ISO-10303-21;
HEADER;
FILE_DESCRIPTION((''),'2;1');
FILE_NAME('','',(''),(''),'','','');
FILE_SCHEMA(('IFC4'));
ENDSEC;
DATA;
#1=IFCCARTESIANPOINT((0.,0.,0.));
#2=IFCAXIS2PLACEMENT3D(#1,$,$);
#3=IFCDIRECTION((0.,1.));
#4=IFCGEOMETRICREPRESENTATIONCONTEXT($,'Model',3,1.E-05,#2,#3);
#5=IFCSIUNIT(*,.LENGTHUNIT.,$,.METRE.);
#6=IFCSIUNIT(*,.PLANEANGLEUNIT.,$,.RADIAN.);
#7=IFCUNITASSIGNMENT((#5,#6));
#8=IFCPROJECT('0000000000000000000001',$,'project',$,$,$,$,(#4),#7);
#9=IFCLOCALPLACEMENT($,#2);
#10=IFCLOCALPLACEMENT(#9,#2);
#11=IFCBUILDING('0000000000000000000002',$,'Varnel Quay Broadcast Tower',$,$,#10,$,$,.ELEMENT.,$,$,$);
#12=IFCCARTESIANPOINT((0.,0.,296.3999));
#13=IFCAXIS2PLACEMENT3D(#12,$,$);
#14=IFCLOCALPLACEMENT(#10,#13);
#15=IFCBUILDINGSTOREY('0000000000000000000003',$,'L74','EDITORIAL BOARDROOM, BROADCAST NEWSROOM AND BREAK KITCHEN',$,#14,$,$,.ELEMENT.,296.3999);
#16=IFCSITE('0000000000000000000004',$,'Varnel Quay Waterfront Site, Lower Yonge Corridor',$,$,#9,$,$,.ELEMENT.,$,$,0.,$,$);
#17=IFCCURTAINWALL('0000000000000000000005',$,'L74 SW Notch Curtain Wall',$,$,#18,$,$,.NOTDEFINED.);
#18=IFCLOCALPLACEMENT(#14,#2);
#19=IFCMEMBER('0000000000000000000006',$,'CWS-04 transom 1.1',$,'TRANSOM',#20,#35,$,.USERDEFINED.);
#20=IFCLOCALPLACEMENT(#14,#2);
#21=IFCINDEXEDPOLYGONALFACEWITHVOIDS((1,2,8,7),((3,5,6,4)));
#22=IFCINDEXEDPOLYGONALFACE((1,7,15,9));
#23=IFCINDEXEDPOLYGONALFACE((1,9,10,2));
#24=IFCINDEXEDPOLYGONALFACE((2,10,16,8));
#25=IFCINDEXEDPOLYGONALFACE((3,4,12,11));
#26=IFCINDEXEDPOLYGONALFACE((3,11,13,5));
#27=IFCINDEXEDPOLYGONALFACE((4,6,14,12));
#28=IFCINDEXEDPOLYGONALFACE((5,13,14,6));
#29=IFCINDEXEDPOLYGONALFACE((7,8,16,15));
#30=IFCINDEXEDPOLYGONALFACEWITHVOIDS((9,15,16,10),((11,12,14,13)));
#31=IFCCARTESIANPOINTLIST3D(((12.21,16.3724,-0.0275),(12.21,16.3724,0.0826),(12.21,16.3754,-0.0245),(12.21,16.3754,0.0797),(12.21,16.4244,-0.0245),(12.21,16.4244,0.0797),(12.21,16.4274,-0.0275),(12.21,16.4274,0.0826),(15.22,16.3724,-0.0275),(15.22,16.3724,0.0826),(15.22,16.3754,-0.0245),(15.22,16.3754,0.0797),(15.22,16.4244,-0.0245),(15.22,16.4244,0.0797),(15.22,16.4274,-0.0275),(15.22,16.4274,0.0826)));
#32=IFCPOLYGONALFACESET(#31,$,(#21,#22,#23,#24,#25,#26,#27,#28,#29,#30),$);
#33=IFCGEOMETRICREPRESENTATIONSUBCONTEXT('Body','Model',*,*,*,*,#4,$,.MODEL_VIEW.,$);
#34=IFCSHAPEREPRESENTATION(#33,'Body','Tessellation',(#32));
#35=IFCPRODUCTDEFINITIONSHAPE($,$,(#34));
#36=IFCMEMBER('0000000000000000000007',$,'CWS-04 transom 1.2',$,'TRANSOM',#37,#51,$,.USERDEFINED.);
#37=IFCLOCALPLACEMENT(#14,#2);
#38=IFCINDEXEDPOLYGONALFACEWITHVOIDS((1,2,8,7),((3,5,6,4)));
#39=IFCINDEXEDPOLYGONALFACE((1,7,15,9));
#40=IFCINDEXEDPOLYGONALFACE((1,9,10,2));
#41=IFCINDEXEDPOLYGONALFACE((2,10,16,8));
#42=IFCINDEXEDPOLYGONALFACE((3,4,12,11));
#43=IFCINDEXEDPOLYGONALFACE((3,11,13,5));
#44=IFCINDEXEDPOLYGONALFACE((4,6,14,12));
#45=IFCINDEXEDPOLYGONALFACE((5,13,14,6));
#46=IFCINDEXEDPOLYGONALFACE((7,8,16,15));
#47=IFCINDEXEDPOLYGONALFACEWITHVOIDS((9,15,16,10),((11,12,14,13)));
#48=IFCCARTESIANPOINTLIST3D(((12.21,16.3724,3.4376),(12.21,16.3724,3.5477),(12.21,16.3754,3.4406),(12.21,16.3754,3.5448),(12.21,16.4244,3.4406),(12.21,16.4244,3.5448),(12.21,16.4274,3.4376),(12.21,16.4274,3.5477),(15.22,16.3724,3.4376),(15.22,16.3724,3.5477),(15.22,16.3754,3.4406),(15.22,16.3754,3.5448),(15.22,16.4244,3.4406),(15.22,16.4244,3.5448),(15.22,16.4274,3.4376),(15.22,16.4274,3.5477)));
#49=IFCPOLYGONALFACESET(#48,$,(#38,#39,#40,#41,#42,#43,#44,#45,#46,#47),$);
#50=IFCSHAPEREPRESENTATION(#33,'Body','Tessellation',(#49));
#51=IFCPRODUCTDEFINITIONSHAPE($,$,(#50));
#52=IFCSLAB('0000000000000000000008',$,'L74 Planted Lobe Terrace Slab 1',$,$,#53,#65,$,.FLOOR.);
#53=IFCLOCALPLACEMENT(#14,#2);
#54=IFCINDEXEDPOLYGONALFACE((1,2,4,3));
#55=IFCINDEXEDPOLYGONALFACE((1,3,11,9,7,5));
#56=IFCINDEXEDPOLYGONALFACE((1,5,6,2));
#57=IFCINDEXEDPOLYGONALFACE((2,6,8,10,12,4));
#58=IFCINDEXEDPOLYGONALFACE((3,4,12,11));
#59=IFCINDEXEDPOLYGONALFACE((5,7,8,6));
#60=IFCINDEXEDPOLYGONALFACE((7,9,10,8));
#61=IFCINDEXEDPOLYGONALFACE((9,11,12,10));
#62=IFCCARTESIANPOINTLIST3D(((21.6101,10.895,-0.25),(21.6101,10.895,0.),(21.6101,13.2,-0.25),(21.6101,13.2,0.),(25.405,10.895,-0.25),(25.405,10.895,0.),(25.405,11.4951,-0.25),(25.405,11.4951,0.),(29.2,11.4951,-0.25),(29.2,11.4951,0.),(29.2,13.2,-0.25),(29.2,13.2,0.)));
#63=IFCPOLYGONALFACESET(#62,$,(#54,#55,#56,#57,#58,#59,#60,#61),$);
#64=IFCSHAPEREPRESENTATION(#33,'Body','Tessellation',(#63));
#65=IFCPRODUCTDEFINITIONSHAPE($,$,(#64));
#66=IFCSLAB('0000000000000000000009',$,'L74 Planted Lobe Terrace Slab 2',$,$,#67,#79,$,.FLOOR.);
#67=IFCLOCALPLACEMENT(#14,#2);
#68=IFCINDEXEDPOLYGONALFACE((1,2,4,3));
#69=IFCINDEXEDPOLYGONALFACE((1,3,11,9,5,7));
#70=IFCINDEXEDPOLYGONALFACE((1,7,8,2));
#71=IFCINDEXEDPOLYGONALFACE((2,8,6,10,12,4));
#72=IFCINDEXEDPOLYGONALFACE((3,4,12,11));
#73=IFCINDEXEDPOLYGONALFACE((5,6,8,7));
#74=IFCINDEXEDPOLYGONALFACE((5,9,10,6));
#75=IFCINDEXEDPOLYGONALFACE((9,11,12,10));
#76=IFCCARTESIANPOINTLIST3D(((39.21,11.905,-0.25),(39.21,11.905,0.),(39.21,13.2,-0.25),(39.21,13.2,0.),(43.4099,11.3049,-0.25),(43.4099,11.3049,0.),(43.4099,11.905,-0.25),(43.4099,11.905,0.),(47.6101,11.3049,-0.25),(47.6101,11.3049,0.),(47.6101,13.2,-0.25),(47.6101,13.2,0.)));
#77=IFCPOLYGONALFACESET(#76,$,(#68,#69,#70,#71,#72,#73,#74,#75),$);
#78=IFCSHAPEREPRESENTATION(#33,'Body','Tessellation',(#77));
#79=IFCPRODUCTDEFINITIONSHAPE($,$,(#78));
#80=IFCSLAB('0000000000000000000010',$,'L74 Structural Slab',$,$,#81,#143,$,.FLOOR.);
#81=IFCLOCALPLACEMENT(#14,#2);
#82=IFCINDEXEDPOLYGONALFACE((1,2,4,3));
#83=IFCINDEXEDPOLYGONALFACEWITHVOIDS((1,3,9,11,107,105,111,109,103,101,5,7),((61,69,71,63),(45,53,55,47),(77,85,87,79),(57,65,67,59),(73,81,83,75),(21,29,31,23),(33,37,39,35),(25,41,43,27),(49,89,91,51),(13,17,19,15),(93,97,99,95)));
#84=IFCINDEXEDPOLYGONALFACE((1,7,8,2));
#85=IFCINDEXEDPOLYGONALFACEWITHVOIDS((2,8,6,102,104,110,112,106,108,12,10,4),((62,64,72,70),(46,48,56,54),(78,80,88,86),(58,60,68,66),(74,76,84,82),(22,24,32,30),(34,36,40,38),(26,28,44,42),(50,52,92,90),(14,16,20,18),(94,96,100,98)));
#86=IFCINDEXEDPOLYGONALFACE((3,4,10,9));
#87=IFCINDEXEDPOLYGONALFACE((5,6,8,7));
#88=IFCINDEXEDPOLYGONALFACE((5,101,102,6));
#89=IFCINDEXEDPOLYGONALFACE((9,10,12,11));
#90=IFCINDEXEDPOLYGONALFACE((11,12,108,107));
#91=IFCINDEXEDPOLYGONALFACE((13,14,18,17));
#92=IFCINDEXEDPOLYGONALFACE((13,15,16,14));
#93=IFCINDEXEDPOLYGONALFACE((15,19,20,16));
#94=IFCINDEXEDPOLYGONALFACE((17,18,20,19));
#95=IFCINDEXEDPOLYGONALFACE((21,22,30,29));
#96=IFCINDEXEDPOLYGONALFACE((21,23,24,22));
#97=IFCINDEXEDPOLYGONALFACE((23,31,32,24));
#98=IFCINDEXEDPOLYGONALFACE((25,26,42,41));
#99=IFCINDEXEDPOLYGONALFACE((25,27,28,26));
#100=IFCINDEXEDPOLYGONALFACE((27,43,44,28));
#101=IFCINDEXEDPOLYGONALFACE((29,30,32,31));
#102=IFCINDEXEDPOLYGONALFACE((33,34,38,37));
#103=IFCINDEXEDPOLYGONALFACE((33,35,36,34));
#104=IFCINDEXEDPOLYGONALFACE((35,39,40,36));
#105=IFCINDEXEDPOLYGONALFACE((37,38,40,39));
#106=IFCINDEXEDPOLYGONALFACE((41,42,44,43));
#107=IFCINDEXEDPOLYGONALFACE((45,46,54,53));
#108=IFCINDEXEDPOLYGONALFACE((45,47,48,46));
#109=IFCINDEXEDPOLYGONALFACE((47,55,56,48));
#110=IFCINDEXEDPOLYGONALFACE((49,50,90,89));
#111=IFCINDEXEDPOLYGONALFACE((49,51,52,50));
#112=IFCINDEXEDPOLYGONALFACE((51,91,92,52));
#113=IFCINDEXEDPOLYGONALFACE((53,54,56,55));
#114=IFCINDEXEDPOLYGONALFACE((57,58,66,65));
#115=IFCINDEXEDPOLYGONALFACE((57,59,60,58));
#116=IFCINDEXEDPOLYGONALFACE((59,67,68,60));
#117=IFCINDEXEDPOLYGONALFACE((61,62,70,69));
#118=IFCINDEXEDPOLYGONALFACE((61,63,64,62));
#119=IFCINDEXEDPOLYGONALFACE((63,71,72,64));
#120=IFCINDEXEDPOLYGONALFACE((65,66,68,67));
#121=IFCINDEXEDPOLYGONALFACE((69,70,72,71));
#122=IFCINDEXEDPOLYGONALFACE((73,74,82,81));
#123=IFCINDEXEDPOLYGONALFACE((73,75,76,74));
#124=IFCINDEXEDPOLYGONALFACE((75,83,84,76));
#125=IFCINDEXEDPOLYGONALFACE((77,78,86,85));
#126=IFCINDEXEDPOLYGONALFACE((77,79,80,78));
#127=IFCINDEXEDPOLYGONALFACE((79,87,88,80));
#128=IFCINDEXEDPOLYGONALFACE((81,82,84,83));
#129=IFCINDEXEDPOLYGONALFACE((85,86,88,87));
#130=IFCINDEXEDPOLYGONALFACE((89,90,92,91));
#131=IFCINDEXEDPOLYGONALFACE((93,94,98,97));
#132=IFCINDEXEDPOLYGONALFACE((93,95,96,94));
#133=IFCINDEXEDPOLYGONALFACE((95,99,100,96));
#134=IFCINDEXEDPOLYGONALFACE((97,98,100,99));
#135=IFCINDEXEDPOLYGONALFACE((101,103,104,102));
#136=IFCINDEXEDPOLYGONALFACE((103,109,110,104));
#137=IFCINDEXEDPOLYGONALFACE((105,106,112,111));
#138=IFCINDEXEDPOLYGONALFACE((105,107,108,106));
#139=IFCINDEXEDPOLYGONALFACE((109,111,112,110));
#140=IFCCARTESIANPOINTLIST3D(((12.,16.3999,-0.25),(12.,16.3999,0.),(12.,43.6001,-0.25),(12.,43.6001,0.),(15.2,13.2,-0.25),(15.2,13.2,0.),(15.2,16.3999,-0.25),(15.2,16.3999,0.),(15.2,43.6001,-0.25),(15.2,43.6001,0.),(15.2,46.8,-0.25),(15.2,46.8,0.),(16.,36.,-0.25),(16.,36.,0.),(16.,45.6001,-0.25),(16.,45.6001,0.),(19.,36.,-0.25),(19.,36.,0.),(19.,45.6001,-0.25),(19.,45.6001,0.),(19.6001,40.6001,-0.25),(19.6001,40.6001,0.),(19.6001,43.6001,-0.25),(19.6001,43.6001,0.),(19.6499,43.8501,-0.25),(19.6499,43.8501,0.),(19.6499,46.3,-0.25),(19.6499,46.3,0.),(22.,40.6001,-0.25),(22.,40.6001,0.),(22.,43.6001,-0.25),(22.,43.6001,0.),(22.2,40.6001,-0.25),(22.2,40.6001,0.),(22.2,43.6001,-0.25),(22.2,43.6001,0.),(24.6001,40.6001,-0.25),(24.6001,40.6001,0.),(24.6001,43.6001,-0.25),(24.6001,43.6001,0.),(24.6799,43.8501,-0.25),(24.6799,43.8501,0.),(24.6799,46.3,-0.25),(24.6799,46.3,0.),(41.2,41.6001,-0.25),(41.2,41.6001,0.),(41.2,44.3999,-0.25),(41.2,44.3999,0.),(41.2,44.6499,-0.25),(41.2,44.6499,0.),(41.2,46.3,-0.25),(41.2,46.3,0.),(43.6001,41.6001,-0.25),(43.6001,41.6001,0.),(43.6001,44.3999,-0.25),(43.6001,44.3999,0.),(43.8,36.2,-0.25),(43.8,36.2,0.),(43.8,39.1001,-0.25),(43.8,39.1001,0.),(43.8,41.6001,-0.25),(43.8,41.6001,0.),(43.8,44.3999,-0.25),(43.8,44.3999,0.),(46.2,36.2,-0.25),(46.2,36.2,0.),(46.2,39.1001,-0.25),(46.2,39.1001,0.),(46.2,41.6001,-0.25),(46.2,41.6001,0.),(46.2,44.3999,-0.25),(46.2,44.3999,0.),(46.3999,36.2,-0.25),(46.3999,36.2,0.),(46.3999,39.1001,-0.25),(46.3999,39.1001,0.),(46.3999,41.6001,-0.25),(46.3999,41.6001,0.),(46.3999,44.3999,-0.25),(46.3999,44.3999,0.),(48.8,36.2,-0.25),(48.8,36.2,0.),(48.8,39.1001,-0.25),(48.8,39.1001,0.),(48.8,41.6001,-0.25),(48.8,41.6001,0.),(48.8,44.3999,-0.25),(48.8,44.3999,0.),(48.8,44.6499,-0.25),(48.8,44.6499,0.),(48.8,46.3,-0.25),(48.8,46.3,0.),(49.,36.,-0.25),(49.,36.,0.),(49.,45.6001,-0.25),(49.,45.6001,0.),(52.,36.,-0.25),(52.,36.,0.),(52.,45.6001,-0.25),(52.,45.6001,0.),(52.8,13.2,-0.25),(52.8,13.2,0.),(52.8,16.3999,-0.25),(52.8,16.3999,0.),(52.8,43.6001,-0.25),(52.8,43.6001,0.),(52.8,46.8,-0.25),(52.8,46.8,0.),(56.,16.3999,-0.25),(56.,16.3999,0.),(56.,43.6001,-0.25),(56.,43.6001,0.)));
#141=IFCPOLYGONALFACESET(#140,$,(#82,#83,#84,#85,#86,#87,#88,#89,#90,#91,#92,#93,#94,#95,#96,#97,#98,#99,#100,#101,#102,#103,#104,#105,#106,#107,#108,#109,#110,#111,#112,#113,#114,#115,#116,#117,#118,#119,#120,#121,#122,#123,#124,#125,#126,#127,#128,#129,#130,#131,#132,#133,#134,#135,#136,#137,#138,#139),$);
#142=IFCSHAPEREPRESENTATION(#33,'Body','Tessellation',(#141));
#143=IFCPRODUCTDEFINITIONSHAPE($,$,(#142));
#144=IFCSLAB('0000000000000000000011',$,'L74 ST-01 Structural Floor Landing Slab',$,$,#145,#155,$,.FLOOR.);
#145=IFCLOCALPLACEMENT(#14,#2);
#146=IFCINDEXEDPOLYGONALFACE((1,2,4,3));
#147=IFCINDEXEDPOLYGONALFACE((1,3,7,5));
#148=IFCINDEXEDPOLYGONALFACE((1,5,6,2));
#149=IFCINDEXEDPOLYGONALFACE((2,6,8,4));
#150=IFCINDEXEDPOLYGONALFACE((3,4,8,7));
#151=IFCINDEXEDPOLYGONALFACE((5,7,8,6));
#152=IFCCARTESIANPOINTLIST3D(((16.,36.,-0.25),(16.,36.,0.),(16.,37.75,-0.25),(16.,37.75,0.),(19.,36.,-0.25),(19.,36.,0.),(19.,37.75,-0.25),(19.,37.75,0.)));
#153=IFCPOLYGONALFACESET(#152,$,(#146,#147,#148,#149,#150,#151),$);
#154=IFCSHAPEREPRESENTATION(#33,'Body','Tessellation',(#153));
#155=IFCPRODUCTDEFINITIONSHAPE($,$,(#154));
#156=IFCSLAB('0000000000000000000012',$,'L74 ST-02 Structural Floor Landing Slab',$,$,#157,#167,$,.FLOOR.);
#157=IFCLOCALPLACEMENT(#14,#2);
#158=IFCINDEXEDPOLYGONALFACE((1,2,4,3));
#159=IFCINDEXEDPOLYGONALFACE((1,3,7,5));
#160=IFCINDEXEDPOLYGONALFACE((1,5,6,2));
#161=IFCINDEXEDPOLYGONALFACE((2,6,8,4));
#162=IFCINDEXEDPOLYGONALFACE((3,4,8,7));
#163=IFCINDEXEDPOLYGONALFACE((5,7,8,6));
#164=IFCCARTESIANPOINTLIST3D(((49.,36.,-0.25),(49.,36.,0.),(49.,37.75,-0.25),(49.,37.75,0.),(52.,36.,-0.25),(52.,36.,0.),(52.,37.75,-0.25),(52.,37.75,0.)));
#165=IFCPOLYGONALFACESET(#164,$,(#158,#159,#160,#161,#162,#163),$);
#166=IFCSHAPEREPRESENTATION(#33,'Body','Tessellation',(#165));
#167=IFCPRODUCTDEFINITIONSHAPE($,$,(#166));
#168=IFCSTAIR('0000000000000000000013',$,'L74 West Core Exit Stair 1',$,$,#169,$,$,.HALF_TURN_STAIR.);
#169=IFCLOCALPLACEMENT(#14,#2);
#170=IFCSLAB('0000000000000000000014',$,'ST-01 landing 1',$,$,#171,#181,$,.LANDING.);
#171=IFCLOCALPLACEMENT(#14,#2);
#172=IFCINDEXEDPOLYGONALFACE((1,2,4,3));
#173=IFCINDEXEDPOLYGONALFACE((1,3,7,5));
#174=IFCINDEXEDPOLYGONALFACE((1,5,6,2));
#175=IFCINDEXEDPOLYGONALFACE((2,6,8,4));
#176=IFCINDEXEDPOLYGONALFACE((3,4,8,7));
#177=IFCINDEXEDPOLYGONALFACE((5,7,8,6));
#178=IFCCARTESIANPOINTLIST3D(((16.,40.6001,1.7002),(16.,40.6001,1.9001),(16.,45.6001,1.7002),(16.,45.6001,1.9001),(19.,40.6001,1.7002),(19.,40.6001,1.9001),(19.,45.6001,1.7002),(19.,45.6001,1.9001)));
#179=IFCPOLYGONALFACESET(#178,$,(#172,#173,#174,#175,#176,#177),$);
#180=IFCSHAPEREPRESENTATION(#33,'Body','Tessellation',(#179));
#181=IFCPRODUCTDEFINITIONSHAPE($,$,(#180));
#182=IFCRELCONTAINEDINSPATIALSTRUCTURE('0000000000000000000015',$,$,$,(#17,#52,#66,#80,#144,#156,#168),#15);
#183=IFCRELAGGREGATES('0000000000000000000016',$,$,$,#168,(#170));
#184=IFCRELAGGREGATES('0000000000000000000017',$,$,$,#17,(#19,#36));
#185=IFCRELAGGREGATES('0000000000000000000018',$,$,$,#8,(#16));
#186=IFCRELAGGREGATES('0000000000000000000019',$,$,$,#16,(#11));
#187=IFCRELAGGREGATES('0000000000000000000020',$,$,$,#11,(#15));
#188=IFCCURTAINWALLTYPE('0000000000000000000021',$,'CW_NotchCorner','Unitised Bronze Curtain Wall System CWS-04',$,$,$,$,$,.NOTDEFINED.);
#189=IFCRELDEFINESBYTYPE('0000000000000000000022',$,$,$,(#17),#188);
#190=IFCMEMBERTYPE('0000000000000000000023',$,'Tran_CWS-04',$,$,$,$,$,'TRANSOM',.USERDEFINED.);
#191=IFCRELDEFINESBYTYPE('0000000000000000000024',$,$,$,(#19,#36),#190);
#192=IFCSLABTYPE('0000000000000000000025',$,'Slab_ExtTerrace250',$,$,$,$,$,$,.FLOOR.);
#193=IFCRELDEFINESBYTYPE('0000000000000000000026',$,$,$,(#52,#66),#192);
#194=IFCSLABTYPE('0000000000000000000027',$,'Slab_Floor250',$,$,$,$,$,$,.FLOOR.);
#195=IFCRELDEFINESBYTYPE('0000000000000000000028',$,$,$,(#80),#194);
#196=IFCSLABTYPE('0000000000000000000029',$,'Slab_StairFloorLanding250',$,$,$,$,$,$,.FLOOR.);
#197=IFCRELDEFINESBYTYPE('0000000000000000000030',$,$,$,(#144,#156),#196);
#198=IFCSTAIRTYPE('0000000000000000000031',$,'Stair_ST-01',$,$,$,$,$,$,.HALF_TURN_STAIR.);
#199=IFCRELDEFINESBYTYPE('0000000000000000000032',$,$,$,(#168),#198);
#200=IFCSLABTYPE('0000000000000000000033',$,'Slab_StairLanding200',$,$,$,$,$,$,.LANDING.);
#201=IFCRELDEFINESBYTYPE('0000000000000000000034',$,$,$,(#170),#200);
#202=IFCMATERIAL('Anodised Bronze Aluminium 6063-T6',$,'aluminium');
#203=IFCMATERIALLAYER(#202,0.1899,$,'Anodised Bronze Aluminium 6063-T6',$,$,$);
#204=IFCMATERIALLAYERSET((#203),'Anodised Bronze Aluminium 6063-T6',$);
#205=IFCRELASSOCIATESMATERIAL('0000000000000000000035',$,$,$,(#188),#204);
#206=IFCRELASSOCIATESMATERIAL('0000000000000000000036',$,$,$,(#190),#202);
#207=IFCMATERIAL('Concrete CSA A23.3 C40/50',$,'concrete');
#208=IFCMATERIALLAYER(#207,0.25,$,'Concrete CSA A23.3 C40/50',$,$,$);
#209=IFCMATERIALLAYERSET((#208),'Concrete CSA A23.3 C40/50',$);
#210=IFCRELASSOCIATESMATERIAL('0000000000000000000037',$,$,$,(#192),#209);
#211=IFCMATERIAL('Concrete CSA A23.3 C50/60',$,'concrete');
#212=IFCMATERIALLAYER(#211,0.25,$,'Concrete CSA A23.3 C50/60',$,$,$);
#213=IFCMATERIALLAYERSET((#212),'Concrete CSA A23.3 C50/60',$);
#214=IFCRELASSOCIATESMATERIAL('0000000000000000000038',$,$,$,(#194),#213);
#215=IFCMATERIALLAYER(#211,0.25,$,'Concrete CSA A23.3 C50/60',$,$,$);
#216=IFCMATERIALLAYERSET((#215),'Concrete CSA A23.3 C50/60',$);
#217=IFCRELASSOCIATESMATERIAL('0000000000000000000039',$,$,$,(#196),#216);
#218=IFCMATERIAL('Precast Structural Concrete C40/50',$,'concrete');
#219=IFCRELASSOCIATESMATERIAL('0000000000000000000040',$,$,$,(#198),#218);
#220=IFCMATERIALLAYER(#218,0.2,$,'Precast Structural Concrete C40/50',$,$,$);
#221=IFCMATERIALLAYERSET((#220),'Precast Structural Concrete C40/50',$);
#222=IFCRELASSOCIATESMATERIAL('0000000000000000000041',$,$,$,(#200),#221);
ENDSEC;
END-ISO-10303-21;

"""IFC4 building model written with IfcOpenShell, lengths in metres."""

from ifc_helpers import new_model, si_unit, direction, frame, origin, origin_2d, place, context, subcontext, project, spatial, polyline, hollow_rectangle, outline, extrude, source, transform, mapped, material, layer, layer_set, material_profile, profile_set, type_object, type_shapes, element, aggregate, save


model = new_model("IFC4")

# Units and contexts
model_context = context("Model", 3, precision=1e-05, world=origin(), true_north=direction((0.0, 1.0)))
body_context = subcontext(model_context, "Body", "Model", "MODEL_VIEW")
ifc_project = project(units=[si_unit("LENGTHUNIT", "METRE"), si_unit("PLANEANGLEUNIT", "RADIAN")], contexts=[model_context])

# Site, building, storey
site_placement = place(None, origin())
site = spatial("IfcSite", under=ifc_project, at=site_placement, Name="Varnel Quay Waterfront Site, Lower Yonge Corridor", CompositionType="ELEMENT", RefElevation=0.0)
building_placement = place(site_placement, origin())
building = spatial("IfcBuilding", under=site, at=building_placement, Name="Varnel Quay Broadcast Tower", CompositionType="ELEMENT")
storey_placement = place(building_placement, frame((0.0, 0.0, 296.3999)))
storey = spatial("IfcBuildingStorey", under=building, at=storey_placement, Name="L74", Description="EDITORIAL BOARDROOM, BROADCAST NEWSROOM AND BREAK KITCHEN", CompositionType="ELEMENT", Elevation=296.3999)

# Curtain wall
ifc_material_1 = material(Name="Anodised Bronze Aluminium 6063-T6", Category="aluminium")
ifc_layer_1 = layer(ifc_material_1, 0.1899, Name="Anodised Bronze Aluminium 6063-T6")
ifc_layer_set_1 = layer_set([ifc_layer_1], Name="Anodised Bronze Aluminium 6063-T6")
curtain_wall_type_1 = type_object("IfcCurtainWallType", Name="CW_NotchCorner", Description="Unitised Bronze Curtain Wall System CWS-04", PredefinedType="NOTDEFINED", material=ifc_layer_set_1)
curtain_wall_1_placement = place(storey_placement, origin())
curtain_wall_1 = element("IfcCurtainWall", 1, at=curtain_wall_1_placement, inside=storey, type_object=curtain_wall_type_1, Name="L74 SW Notch Curtain Wall", PredefinedType="NOTDEFINED")

# Members
ifc_material_profile_1 = material_profile(ifc_material_1, hollow_rectangle(XDim=0.0549, YDim=0.1101, WallThickness=0.0029, at=origin_2d()), Name="ALU55X110X3")
ifc_profile_set_1 = profile_set([ifc_material_profile_1], Name="Anodised Bronze Aluminium 6063-T6")
member_type_1 = type_object("IfcMemberType", Name="Tran_CWS-04", ElementType="TRANSOM", PredefinedType="USERDEFINED", material=ifc_profile_set_1)
shared_shape_1 = source(origin(), body_context, "Body", "SweptSolid", [
    extrude(hollow_rectangle(XDim=0.0549, YDim=0.1101, WallThickness=0.0029, at=origin_2d()), origin(), (0.0, 0.0, 1.0), 3.01),
])
type_shapes(member_type_1, [shared_shape_1])
member_1_placement = place(storey_placement, frame((12.21, 16.3999, 0.0276), z_axis=(1.0, 0.0, 0.0), x_axis=(0.0, 1.0, 0.0)))
member_1 = element("IfcMember", 2, at=member_1_placement, type_object=member_type_1, Name="CWS-04 transom 1.1", ObjectType="TRANSOM", PredefinedType="USERDEFINED", context=body_context, shape_type="MappedRepresentation", body=[
    mapped(shared_shape_1, transform((0.0, 0.0, 0.0), x_axis=(1.0, 0.0, 0.0), y_axis=(0.0, 1.0, 0.0), z_axis=(0.0, 0.0, 1.0), scale=1.0)),
])
member_2_placement = place(storey_placement, frame((12.21, 16.3999, 3.4927), z_axis=(1.0, 0.0, 0.0), x_axis=(0.0, 1.0, 0.0)))
member_2 = element("IfcMember", 3, at=member_2_placement, type_object=member_type_1, Name="CWS-04 transom 1.2", ObjectType="TRANSOM", PredefinedType="USERDEFINED", context=body_context, shape_type="MappedRepresentation", body=[
    mapped(shared_shape_1, transform((0.0, 0.0, 0.0), x_axis=(1.0, 0.0, 0.0), y_axis=(0.0, 1.0, 0.0), z_axis=(0.0, 0.0, 1.0), scale=1.0)),
])

# Slabs
ifc_material_2 = material(Name="Concrete CSA A23.3 C40/50", Category="concrete")
ifc_layer_2 = layer(ifc_material_2, 0.25, Name="Concrete CSA A23.3 C40/50")
ifc_layer_set_2 = layer_set([ifc_layer_2], Name="Concrete CSA A23.3 C40/50")
slab_type_1 = type_object("IfcSlabType", Name="Slab_ExtTerrace250", PredefinedType="FLOOR", material=ifc_layer_set_2)
slab_1_placement = place(storey_placement, frame((0.0, 0.0, -0.25)))
element("IfcSlab", 4, at=slab_1_placement, inside=storey, type_object=slab_type_1, Name="L74 Planted Lobe Terrace Slab 1", PredefinedType="FLOOR", context=body_context, shape_type="SweptSolid", body=[
    extrude(outline(polyline([(21.6101, 10.895), (25.405, 10.895), (25.405, 11.4951), (29.2, 11.4951), (29.2, 13.2), (21.6101, 13.2), (21.6101, 10.895)])), origin(), (0.0, 0.0, 1.0), 0.25),
])
slab_2_placement = place(storey_placement, frame((0.0, 0.0, -0.25)))
element("IfcSlab", 5, at=slab_2_placement, inside=storey, type_object=slab_type_1, Name="L74 Planted Lobe Terrace Slab 2", PredefinedType="FLOOR", context=body_context, shape_type="SweptSolid", body=[
    extrude(outline(polyline([(39.21, 11.905), (43.4099, 11.905), (43.4099, 11.3049), (47.6101, 11.3049), (47.6101, 13.2), (39.21, 13.2), (39.21, 11.905)])), origin(), (0.0, 0.0, 1.0), 0.25),
])
ifc_material_3 = material(Name="Concrete CSA A23.3 C50/60", Category="concrete")
ifc_layer_3 = layer(ifc_material_3, 0.25, Name="Concrete CSA A23.3 C50/60")
ifc_layer_set_3 = layer_set([ifc_layer_3], Name="Concrete CSA A23.3 C50/60")
slab_type_2 = type_object("IfcSlabType", Name="Slab_Floor250", PredefinedType="FLOOR", material=ifc_layer_set_3)
slab_3_placement = place(storey_placement, frame((0.0, 0.0, -0.25)))
element("IfcSlab", 6, at=slab_3_placement, inside=storey, type_object=slab_type_2, Name="L74 Structural Slab", PredefinedType="FLOOR", context=body_context, shape_type="SweptSolid", body=[
    extrude(outline(polyline([(15.2, 13.2), (52.8, 13.2), (52.8, 16.3999), (56.0, 16.3999), (56.0, 43.6001), (52.8, 43.6001), (52.8, 46.8), (15.2, 46.8), (15.2, 43.6001), (12.0, 43.6001), (12.0, 16.3999), (15.2, 16.3999), (15.2, 13.2)]), holes=[polyline([(19.0, 36.0), (16.0, 36.0), (16.0, 45.6001), (19.0, 45.6001), (19.0, 36.0)]), polyline([(19.6001, 40.6001), (19.6001, 43.6001), (22.0, 43.6001), (22.0, 40.6001), (19.6001, 40.6001)]), polyline([(22.2, 40.6001), (22.2, 43.6001), (24.6001, 43.6001), (24.6001, 40.6001), (22.2, 40.6001)]), polyline([(41.2, 44.3999), (43.6001, 44.3999), (43.6001, 41.6001), (41.2, 41.6001), (41.2, 44.3999)]), polyline([(43.8, 44.3999), (46.2, 44.3999), (46.2, 41.6001), (43.8, 41.6001), (43.8, 44.3999)]), polyline([(19.6499, 43.8501), (19.6499, 46.3), (24.6799, 46.3), (24.6799, 43.8501), (19.6499, 43.8501)]), polyline([(43.8, 39.1001), (46.2, 39.1001), (46.2, 36.2), (43.8, 36.2), (43.8, 39.1001)]), polyline([(46.3999, 39.1001), (48.8, 39.1001), (48.8, 36.2), (46.3999, 36.2), (46.3999, 39.1001)]), polyline([(52.0, 36.0), (49.0, 36.0), (49.0, 45.6001), (52.0, 45.6001), (52.0, 36.0)]), polyline([(46.3999, 44.3999), (48.8, 44.3999), (48.8, 41.6001), (46.3999, 41.6001), (46.3999, 44.3999)]), polyline([(41.2, 46.3), (48.8, 46.3), (48.8, 44.6499), (41.2, 44.6499), (41.2, 46.3)])]), origin(), (0.0, 0.0, 1.0), 0.25),
])
ifc_layer_4 = layer(ifc_material_3, 0.25, Name="Concrete CSA A23.3 C50/60")
ifc_layer_set_4 = layer_set([ifc_layer_4], Name="Concrete CSA A23.3 C50/60")
slab_type_3 = type_object("IfcSlabType", Name="Slab_StairFloorLanding250", PredefinedType="FLOOR", material=ifc_layer_set_4)
slab_4_placement = place(storey_placement, frame((0.0, 0.0, -0.25)))
element("IfcSlab", 7, at=slab_4_placement, inside=storey, type_object=slab_type_3, Name="L74 ST-01 Structural Floor Landing Slab", PredefinedType="FLOOR", context=body_context, shape_type="SweptSolid", body=[
    extrude(outline(polyline([(19.0, 36.0), (19.0, 37.75), (16.0, 37.75), (16.0, 36.0), (19.0, 36.0)])), origin(), (0.0, 0.0, 1.0), 0.25),
])
slab_5_placement = place(storey_placement, frame((0.0, 0.0, -0.25)))
element("IfcSlab", 8, at=slab_5_placement, inside=storey, type_object=slab_type_3, Name="L74 ST-02 Structural Floor Landing Slab", PredefinedType="FLOOR", context=body_context, shape_type="SweptSolid", body=[
    extrude(outline(polyline([(52.0, 36.0), (52.0, 37.75), (49.0, 37.75), (49.0, 36.0), (52.0, 36.0)])), origin(), (0.0, 0.0, 1.0), 0.25),
])

# Stair, slab
ifc_material_4 = material(Name="Precast Structural Concrete C40/50", Category="concrete")
stair_type_1 = type_object("IfcStairType", Name="Stair_ST-01", PredefinedType="HALF_TURN_STAIR", material=ifc_material_4)
stair_1_placement = place(storey_placement, origin())
stair_1 = element("IfcStair", 9, at=stair_1_placement, inside=storey, type_object=stair_type_1, Name="L74 West Core Exit Stair 1", PredefinedType="HALF_TURN_STAIR")
ifc_layer_5 = layer(ifc_material_4, 0.2, Name="Precast Structural Concrete C40/50")
ifc_layer_set_5 = layer_set([ifc_layer_5], Name="Precast Structural Concrete C40/50")
slab_type_4 = type_object("IfcSlabType", Name="Slab_StairLanding200", PredefinedType="LANDING", material=ifc_layer_set_5)
slab_6_placement = place(storey_placement, frame((0.0, 0.0, 1.7002)))
slab_6 = element("IfcSlab", 10, at=slab_6_placement, type_object=slab_type_4, Name="ST-01 landing 1", PredefinedType="LANDING", context=body_context, shape_type="SweptSolid", body=[
    extrude(outline(polyline([(19.0, 40.6001), (19.0, 45.6001), (16.0, 45.6001), (16.0, 40.6001), (19.0, 40.6001)])), origin(), (0.0, 0.0, 1.0), 0.2),
])
aggregate(stair_1, [slab_6])

aggregate(curtain_wall_1, [member_1, member_2])

save(model, "model.ifc")
